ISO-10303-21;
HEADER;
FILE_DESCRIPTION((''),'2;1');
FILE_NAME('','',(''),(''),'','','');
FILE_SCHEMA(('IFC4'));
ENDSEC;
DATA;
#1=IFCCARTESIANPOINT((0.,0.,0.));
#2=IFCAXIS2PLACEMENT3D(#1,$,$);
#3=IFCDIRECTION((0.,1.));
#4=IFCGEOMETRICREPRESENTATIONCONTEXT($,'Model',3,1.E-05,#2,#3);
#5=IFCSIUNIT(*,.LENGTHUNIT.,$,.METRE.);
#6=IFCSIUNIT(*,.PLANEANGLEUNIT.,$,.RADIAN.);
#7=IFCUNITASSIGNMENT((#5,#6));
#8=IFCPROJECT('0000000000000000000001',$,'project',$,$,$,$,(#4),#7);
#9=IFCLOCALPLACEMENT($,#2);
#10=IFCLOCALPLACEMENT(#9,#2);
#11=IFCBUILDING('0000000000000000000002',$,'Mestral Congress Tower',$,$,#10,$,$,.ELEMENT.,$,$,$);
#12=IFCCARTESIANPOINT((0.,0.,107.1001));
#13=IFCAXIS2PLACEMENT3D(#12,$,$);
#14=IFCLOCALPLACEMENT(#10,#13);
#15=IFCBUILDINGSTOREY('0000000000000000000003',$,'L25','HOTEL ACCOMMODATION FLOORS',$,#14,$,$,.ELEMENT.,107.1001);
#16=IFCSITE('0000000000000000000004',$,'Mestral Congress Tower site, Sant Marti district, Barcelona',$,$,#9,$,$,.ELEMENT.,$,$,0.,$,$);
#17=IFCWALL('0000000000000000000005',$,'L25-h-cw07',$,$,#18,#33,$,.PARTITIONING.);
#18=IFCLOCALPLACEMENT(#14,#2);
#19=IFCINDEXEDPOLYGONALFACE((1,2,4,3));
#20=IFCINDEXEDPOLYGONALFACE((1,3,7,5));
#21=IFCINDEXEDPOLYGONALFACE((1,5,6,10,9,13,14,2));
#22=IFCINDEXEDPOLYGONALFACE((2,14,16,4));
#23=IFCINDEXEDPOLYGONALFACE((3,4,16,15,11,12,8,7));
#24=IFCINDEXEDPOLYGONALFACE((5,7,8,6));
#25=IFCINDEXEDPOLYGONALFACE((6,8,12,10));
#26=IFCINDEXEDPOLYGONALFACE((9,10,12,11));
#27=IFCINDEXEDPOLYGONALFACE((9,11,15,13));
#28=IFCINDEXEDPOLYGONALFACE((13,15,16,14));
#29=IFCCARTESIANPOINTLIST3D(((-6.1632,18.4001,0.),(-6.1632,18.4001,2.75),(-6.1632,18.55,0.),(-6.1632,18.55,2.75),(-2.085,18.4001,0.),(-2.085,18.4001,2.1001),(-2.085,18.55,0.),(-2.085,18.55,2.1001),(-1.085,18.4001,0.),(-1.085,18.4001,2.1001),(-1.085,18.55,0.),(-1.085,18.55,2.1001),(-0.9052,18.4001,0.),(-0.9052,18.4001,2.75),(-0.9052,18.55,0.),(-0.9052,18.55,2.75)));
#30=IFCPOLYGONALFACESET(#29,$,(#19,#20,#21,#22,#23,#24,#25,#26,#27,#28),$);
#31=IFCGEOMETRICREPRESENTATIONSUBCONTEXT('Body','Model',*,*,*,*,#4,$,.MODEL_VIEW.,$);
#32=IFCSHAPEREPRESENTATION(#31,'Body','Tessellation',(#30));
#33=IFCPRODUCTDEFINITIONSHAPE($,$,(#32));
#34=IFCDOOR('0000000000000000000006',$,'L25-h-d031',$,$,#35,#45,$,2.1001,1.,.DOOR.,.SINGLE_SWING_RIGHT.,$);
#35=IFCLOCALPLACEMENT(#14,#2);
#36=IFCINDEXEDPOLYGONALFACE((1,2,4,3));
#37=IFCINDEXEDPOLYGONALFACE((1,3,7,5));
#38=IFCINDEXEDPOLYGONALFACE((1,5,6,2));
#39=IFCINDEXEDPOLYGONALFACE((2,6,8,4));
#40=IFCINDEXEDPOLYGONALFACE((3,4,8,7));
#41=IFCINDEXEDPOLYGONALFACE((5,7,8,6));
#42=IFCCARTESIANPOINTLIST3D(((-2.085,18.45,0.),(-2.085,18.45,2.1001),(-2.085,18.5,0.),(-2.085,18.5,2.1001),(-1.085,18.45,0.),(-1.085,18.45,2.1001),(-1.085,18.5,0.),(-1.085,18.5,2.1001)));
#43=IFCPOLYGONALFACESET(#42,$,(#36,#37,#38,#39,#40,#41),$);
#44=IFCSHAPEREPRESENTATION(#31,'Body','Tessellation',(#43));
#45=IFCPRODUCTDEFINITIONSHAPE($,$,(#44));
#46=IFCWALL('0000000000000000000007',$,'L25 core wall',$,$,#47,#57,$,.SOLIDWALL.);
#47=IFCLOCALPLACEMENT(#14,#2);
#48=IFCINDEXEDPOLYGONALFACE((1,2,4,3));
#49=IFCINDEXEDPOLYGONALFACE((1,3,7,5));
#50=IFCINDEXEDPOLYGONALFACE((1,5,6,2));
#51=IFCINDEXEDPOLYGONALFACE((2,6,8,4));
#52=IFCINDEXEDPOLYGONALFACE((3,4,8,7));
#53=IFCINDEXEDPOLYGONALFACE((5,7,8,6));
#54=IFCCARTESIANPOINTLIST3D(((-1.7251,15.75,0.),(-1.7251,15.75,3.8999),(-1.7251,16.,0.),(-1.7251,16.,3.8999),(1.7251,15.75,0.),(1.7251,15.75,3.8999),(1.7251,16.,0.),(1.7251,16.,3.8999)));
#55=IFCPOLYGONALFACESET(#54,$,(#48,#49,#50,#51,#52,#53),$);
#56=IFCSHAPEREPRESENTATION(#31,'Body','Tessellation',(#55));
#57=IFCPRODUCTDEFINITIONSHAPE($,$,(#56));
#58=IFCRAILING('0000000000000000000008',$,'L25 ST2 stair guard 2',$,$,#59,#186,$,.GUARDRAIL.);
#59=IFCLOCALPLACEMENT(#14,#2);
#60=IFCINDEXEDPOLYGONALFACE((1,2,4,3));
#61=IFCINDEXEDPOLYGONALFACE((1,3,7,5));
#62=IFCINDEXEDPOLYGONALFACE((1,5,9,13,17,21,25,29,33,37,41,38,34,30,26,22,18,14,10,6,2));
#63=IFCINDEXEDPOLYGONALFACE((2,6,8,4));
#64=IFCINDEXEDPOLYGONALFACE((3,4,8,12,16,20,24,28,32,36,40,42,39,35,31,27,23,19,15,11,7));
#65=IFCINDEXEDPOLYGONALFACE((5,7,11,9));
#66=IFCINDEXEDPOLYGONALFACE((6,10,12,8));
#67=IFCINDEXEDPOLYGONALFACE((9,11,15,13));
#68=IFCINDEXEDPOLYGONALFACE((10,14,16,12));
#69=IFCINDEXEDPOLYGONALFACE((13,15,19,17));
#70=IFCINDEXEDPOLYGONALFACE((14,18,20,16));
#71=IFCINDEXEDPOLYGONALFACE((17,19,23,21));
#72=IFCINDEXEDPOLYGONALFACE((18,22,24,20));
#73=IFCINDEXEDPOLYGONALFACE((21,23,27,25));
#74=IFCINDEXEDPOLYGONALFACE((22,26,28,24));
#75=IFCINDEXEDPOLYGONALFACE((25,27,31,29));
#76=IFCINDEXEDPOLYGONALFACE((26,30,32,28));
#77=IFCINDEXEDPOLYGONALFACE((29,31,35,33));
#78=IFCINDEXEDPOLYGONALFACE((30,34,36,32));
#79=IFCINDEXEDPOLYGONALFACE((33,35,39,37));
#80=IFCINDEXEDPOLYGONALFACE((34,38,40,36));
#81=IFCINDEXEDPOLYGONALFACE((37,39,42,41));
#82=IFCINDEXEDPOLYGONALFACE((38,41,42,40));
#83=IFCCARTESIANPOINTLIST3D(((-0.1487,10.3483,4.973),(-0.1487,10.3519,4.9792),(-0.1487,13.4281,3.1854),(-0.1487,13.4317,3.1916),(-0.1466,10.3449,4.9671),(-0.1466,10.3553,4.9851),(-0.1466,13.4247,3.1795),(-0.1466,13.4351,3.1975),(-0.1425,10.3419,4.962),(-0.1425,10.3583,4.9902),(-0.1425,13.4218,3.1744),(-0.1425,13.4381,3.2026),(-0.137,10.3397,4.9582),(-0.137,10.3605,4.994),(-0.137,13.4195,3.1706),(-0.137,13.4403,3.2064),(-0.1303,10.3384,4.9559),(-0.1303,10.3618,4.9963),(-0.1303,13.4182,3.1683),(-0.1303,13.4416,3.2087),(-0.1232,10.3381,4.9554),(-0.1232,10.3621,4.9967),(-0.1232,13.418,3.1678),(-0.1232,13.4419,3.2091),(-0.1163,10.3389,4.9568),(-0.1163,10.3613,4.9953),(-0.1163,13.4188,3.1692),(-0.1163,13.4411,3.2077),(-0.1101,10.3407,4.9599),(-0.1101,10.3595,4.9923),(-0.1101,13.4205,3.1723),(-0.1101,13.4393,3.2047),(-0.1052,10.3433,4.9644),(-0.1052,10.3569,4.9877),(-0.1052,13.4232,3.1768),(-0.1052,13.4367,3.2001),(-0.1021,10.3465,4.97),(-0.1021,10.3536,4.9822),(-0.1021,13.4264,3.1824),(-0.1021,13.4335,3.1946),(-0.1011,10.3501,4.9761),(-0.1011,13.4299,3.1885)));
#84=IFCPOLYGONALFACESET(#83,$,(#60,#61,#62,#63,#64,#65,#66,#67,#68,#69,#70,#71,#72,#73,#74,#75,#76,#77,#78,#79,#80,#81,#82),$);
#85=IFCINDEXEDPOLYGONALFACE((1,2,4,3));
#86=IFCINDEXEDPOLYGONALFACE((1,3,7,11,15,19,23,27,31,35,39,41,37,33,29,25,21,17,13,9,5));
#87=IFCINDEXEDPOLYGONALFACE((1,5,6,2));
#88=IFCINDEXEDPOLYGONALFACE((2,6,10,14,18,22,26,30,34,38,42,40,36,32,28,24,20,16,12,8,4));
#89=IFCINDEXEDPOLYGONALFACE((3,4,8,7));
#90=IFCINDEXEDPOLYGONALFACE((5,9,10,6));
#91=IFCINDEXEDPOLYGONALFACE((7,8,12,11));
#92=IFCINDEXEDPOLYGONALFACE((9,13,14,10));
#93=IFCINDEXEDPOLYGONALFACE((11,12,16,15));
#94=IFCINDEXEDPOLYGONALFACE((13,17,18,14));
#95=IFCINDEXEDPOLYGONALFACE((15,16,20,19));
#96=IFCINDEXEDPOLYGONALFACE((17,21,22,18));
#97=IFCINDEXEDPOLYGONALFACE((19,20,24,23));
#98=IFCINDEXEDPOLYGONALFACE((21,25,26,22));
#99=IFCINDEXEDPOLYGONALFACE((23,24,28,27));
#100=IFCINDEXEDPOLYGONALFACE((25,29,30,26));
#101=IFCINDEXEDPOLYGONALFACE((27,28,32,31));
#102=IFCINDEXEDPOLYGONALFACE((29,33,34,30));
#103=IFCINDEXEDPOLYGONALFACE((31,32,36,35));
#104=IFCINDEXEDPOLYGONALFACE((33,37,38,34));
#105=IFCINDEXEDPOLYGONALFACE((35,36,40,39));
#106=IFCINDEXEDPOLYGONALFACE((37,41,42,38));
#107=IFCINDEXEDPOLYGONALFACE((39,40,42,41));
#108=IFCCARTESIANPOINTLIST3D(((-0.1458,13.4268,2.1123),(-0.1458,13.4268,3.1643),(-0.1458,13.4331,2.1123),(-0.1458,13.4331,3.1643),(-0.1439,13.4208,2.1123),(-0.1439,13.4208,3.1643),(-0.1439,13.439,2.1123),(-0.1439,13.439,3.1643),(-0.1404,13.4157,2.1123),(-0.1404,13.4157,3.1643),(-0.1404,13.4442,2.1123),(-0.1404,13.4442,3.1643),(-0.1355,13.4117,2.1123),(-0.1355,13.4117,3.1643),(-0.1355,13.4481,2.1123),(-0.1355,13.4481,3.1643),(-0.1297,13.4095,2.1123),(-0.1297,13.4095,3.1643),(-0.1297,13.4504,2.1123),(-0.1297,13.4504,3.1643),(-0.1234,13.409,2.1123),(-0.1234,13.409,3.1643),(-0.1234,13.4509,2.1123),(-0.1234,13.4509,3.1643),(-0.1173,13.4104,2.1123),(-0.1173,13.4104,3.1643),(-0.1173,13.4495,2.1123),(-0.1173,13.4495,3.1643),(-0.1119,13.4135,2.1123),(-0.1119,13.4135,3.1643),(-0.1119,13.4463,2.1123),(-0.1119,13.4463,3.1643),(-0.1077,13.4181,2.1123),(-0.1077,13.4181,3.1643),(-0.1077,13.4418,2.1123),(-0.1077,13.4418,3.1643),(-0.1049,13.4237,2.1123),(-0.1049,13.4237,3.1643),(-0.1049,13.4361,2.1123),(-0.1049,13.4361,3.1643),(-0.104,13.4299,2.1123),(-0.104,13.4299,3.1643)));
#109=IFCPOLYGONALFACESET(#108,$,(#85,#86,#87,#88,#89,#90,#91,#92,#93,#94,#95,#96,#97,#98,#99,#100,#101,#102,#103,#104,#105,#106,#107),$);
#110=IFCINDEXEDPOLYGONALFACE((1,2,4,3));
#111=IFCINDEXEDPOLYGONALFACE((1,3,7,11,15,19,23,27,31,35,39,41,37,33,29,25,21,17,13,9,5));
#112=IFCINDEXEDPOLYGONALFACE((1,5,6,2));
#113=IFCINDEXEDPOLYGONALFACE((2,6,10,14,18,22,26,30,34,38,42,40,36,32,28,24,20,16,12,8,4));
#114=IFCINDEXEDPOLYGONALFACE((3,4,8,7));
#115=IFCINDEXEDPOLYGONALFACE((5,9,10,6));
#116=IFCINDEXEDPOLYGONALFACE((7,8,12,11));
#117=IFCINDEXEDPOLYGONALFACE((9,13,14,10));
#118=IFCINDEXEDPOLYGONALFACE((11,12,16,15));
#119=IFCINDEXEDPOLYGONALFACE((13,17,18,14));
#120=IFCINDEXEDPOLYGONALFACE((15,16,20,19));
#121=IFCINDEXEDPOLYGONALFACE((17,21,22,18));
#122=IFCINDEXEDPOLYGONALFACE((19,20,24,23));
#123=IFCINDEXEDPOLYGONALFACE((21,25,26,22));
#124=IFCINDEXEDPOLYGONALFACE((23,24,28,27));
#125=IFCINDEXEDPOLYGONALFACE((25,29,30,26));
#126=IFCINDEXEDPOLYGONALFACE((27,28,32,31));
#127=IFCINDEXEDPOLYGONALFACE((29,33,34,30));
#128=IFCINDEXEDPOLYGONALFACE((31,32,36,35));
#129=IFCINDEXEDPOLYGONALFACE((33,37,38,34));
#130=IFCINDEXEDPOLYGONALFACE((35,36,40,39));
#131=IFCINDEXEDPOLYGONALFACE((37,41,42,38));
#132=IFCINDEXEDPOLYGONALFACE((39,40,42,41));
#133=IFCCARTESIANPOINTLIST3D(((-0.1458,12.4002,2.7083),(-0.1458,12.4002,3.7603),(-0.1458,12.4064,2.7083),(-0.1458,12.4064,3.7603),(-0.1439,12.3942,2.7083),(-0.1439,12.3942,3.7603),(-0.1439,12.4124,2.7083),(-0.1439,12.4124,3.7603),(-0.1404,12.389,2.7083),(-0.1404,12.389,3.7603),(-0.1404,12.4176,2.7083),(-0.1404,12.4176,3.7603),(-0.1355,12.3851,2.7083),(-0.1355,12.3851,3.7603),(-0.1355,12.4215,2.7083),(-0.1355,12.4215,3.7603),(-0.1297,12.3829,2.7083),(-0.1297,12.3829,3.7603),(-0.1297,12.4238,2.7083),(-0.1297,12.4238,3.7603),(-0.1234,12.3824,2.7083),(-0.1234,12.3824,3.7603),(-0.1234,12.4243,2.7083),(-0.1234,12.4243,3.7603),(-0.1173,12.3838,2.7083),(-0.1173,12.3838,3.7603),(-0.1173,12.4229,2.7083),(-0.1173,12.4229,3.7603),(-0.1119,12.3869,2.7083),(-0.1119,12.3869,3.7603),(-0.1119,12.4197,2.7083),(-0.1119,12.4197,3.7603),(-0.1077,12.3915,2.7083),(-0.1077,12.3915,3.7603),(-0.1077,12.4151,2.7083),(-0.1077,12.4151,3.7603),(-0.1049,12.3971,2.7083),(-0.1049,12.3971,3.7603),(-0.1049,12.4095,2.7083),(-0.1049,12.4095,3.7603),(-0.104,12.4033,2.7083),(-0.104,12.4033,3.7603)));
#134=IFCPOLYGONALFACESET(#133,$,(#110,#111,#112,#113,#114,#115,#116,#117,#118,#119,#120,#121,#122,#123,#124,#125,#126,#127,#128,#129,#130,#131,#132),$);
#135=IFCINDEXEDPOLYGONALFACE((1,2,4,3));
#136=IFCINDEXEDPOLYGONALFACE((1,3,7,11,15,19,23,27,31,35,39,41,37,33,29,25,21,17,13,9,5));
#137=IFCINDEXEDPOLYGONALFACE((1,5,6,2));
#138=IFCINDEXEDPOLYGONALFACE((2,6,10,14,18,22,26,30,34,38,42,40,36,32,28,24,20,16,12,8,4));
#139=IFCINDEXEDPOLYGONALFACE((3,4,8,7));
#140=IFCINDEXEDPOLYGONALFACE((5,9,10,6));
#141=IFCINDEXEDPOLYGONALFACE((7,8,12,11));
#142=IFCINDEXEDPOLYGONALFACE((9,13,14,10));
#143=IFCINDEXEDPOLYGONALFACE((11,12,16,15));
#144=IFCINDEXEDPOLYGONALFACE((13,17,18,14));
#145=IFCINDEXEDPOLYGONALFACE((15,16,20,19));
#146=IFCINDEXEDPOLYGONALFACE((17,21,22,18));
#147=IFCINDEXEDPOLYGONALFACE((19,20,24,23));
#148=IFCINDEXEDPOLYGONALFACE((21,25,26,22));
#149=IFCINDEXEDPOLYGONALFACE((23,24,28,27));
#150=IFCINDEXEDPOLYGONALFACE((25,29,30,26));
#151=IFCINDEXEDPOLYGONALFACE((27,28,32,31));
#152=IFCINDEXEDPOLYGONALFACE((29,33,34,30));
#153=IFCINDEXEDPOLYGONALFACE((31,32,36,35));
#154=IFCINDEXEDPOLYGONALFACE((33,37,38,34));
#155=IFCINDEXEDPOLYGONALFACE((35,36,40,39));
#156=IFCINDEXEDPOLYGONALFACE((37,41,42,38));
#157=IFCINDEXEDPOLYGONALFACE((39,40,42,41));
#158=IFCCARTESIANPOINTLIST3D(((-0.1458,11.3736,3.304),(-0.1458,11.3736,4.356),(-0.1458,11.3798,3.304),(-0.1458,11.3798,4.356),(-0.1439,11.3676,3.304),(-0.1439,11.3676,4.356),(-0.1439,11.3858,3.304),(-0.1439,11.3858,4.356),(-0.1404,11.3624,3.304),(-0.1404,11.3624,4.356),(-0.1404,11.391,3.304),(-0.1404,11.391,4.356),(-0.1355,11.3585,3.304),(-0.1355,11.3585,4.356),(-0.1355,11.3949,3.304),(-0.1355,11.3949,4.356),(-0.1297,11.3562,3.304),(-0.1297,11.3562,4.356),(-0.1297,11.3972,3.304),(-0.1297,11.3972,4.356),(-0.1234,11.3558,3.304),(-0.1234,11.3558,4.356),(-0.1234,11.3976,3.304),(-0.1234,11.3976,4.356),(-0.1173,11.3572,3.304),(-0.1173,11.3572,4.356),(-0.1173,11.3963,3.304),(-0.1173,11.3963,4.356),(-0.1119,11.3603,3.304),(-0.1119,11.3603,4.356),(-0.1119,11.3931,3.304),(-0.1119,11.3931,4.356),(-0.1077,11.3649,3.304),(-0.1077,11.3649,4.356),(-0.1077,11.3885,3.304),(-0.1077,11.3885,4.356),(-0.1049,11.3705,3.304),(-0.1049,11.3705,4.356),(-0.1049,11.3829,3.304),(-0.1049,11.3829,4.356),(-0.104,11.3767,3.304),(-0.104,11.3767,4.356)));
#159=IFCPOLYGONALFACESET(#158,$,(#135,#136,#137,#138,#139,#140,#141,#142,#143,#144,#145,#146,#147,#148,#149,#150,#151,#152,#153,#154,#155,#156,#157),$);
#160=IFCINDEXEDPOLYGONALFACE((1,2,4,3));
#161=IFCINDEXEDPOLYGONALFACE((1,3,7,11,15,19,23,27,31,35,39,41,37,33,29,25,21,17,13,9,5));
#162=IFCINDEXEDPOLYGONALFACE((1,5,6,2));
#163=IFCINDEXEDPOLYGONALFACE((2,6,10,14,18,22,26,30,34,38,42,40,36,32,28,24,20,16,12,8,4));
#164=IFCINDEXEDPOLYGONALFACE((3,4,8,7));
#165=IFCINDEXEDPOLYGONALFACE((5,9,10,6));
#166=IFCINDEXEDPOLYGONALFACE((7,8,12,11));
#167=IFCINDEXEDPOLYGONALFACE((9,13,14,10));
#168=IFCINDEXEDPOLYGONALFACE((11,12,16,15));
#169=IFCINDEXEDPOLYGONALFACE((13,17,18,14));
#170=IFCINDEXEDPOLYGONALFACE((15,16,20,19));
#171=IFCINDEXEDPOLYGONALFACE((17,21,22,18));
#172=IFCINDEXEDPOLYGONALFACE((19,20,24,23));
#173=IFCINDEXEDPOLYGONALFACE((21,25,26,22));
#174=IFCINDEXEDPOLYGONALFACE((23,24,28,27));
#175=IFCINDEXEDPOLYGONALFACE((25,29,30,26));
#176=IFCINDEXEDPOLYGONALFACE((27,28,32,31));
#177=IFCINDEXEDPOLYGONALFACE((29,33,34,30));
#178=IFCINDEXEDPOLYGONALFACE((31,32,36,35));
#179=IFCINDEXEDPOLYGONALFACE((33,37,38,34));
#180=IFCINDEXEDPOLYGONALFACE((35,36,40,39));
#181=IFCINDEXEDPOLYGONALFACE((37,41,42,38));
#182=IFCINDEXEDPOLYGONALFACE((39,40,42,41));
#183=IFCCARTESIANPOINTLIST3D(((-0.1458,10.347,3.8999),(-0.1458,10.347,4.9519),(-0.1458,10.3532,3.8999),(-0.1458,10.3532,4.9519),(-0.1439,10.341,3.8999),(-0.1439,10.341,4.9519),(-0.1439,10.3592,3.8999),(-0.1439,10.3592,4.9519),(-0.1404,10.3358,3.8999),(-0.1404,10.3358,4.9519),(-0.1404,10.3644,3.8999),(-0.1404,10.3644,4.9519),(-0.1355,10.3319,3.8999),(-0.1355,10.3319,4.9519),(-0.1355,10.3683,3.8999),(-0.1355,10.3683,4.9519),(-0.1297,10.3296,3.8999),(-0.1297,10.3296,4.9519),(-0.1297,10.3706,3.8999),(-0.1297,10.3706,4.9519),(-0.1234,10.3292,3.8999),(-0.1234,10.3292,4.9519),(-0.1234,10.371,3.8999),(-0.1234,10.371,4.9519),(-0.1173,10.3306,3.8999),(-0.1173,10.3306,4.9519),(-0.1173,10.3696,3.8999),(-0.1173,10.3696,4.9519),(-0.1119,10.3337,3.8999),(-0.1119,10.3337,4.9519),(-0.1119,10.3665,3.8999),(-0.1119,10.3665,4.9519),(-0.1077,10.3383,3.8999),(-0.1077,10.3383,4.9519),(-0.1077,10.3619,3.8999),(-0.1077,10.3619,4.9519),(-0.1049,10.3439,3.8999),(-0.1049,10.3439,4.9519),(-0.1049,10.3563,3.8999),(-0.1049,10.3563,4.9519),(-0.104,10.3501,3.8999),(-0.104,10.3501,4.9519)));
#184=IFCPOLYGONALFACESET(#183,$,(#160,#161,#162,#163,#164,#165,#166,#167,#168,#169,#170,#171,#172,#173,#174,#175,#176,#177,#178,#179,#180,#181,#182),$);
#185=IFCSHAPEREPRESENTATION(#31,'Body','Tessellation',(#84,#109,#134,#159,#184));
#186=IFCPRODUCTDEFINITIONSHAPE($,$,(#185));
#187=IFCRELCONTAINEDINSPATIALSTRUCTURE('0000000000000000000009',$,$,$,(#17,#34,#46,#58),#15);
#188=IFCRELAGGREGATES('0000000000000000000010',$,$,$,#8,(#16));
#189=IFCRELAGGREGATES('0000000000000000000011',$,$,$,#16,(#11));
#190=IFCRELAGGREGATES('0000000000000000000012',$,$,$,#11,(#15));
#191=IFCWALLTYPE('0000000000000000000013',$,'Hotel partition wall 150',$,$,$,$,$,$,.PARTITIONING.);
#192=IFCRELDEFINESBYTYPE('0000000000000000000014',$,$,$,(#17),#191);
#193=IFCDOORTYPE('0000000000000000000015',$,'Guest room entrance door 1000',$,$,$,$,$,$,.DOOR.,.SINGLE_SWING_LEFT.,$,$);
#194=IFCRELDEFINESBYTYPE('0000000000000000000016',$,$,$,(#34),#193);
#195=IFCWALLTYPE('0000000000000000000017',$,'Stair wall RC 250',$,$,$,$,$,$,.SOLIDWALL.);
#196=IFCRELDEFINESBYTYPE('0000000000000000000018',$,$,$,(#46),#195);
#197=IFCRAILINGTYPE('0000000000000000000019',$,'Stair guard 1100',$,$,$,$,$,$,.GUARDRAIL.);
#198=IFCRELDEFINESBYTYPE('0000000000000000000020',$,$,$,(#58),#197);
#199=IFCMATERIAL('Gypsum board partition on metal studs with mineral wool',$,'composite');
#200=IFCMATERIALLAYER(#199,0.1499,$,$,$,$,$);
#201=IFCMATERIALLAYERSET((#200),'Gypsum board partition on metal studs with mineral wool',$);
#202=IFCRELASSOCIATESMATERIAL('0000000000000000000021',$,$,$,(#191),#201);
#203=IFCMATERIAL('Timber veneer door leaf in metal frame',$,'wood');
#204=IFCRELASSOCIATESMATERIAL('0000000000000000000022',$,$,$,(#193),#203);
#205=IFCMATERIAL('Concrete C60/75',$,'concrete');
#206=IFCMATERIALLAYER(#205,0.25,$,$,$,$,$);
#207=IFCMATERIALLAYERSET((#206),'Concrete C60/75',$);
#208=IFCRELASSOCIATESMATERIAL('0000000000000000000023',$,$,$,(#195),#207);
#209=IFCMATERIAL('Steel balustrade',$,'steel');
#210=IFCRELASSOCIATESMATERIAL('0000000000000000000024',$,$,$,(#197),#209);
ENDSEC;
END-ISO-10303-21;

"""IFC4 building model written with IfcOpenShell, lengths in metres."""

from ifc_helpers import new_model, si_unit, direction, frame, frame_2d, origin, origin_2d, place, context, subcontext, project, spatial, rectangle, circle, extrude, material, layer, layer_set, type_object, element, fill, save


model = new_model("IFC4")

# Units and contexts
model_context = context("Model", 3, precision=1e-05, world=origin(), true_north=direction((0.0, 1.0)))
body_context = subcontext(model_context, "Body", "Model", "MODEL_VIEW")
ifc_project = project(units=[si_unit("LENGTHUNIT", "METRE"), si_unit("PLANEANGLEUNIT", "RADIAN")], contexts=[model_context])

# Site, building, storey
site_placement = place(None, origin())
site = spatial("IfcSite", under=ifc_project, at=site_placement, Name="Mestral Congress Tower site, Sant Marti district, Barcelona", CompositionType="ELEMENT", RefElevation=0.0)
building_placement = place(site_placement, origin())
building = spatial("IfcBuilding", under=site, at=building_placement, Name="Mestral Congress Tower", CompositionType="ELEMENT")
storey_placement = place(building_placement, frame((0.0, 0.0, 107.1001)))
storey = spatial("IfcBuildingStorey", under=building, at=storey_placement, Name="L25", Description="HOTEL ACCOMMODATION FLOORS", CompositionType="ELEMENT", Elevation=107.1001)

# Shared definitions
ifc_material_1 = material(Name="Concrete C60/75", Category="concrete")

# Shared definitions
ifc_material_2 = material(Name="Gypsum board partition on metal studs with mineral wool", Category="composite")

# Wall, opening, door
ifc_layer_1 = layer(ifc_material_2, 0.1499)
ifc_layer_set_1 = layer_set([ifc_layer_1], Name="Gypsum board partition on metal studs with mineral wool")
wall_type_1 = type_object("IfcWallType", Name="Hotel partition wall 150", PredefinedType="PARTITIONING", material=ifc_layer_set_1)
ifc_material_3 = material(Name="Timber veneer door leaf in metal frame", Category="wood")
wall_1_placement = place(storey_placement, frame((-6.1631, 18.4751, 0.0), z_axis=(0.0, 0.0, 1.0), x_axis=(1.0, 0.0, 0.0)))
wall_1 = element("IfcWall", 1, at=wall_1_placement, inside=storey, type_object=wall_type_1, Name="L25-h-cw07", PredefinedType="PARTITIONING", context=body_context, shape_type="SweptSolid", body=[
    extrude(rectangle(XDim=5.2581, YDim=0.1499, at=frame_2d((2.6289, 0.0))), origin(), (0.0, 0.0, 1.0), 2.75),
])
opening_1_placement = place(wall_1_placement, frame((4.0781, 0.0, 0.0)))
opening_1 = element("IfcOpeningElement", 2, at=opening_1_placement, cuts=wall_1, PredefinedType="OPENING", context=body_context, shape_type="SweptSolid", body=[
    extrude(rectangle(XDim=1.0, YDim=2.1001, at=frame_2d((0.5, 1.05))), frame((0.0, 0.085, 0.0), z_axis=(0.0, -1.0, 0.0), x_axis=(1.0, 0.0, 0.0)), (0.0, 0.0, 1.0), 0.1699),
])
door_type_1 = type_object("IfcDoorType", Name="Guest room entrance door 1000", OperationType="SINGLE_SWING_LEFT", PredefinedType="DOOR", material=ifc_material_3)
door_1_placement = place(opening_1_placement, origin())
door_1 = element("IfcDoor", 3, at=door_1_placement, inside=storey, type_object=door_type_1, Name="L25-h-d031", OperationType="SINGLE_SWING_RIGHT", OverallHeight=2.1001, OverallWidth=1.0, PredefinedType="DOOR", context=body_context, shape_type="SweptSolid", body=[
    extrude(rectangle(XDim=1.0, YDim=2.1001, at=frame_2d((0.5, 1.05))), frame((0.0, 0.0249, 0.0), z_axis=(0.0, -1.0, 0.0), x_axis=(1.0, 0.0, 0.0)), (0.0, 0.0, 1.0), 0.05),
])
fill(opening_1, door_1)

# Wall
ifc_layer_2 = layer(ifc_material_1, 0.25)
ifc_layer_set_2 = layer_set([ifc_layer_2], Name="Concrete C60/75")
wall_type_2 = type_object("IfcWallType", Name="Stair wall RC 250", PredefinedType="SOLIDWALL", material=ifc_layer_set_2)
wall_2_placement = place(storey_placement, frame((-1.7251, 15.875, 0.0), z_axis=(0.0, 0.0, 1.0), x_axis=(1.0, 0.0, 0.0)))
element("IfcWall", 4, at=wall_2_placement, inside=storey, type_object=wall_type_2, Name="L25 core wall", PredefinedType="SOLIDWALL", context=body_context, shape_type="SweptSolid", body=[
    extrude(rectangle(XDim=3.4502, YDim=0.25, at=frame_2d((1.7251, 0.0))), origin(), (0.0, 0.0, 1.0), 3.8999),
])

# Railing
ifc_material_4 = material(Name="Steel balustrade", Category="steel")
railing_type = type_object("IfcRailingType", Name="Stair guard 1100", PredefinedType="GUARDRAIL", material=ifc_material_4)
railing_placement = place(storey_placement, frame((-0.125, 13.4299, 2.1123)))
element("IfcRailing", 5, at=railing_placement, inside=storey, type_object=railing_type, Name="L25 ST2 stair guard 2", PredefinedType="GUARDRAIL", context=body_context, shape_type="SweptSolid", body=[
    extrude(circle(Radius=0.0239, at=origin_2d()), frame((0.0, 0.0, 1.0762), z_axis=(0.0, -0.864873, 0.50199), x_axis=(1.0, 0.0, 0.0)), (0.0, 0.0, 1.0), 3.561),
    extrude(circle(Radius=0.021, at=origin_2d()), origin(), (0.0, 0.0, 1.0), 1.052),
    extrude(circle(Radius=0.021, at=origin_2d()), frame((0.0, -1.0266, 0.5959)), (0.0, 0.0, 1.0), 1.052),
    extrude(circle(Radius=0.021, at=origin_2d()), frame((0.0, -2.0532, 1.1917)), (0.0, 0.0, 1.0), 1.052),
    extrude(circle(Radius=0.021, at=origin_2d()), frame((0.0, -3.0798, 1.7876)), (0.0, 0.0, 1.0), 1.052),
])

save(model, "model.ifc")
